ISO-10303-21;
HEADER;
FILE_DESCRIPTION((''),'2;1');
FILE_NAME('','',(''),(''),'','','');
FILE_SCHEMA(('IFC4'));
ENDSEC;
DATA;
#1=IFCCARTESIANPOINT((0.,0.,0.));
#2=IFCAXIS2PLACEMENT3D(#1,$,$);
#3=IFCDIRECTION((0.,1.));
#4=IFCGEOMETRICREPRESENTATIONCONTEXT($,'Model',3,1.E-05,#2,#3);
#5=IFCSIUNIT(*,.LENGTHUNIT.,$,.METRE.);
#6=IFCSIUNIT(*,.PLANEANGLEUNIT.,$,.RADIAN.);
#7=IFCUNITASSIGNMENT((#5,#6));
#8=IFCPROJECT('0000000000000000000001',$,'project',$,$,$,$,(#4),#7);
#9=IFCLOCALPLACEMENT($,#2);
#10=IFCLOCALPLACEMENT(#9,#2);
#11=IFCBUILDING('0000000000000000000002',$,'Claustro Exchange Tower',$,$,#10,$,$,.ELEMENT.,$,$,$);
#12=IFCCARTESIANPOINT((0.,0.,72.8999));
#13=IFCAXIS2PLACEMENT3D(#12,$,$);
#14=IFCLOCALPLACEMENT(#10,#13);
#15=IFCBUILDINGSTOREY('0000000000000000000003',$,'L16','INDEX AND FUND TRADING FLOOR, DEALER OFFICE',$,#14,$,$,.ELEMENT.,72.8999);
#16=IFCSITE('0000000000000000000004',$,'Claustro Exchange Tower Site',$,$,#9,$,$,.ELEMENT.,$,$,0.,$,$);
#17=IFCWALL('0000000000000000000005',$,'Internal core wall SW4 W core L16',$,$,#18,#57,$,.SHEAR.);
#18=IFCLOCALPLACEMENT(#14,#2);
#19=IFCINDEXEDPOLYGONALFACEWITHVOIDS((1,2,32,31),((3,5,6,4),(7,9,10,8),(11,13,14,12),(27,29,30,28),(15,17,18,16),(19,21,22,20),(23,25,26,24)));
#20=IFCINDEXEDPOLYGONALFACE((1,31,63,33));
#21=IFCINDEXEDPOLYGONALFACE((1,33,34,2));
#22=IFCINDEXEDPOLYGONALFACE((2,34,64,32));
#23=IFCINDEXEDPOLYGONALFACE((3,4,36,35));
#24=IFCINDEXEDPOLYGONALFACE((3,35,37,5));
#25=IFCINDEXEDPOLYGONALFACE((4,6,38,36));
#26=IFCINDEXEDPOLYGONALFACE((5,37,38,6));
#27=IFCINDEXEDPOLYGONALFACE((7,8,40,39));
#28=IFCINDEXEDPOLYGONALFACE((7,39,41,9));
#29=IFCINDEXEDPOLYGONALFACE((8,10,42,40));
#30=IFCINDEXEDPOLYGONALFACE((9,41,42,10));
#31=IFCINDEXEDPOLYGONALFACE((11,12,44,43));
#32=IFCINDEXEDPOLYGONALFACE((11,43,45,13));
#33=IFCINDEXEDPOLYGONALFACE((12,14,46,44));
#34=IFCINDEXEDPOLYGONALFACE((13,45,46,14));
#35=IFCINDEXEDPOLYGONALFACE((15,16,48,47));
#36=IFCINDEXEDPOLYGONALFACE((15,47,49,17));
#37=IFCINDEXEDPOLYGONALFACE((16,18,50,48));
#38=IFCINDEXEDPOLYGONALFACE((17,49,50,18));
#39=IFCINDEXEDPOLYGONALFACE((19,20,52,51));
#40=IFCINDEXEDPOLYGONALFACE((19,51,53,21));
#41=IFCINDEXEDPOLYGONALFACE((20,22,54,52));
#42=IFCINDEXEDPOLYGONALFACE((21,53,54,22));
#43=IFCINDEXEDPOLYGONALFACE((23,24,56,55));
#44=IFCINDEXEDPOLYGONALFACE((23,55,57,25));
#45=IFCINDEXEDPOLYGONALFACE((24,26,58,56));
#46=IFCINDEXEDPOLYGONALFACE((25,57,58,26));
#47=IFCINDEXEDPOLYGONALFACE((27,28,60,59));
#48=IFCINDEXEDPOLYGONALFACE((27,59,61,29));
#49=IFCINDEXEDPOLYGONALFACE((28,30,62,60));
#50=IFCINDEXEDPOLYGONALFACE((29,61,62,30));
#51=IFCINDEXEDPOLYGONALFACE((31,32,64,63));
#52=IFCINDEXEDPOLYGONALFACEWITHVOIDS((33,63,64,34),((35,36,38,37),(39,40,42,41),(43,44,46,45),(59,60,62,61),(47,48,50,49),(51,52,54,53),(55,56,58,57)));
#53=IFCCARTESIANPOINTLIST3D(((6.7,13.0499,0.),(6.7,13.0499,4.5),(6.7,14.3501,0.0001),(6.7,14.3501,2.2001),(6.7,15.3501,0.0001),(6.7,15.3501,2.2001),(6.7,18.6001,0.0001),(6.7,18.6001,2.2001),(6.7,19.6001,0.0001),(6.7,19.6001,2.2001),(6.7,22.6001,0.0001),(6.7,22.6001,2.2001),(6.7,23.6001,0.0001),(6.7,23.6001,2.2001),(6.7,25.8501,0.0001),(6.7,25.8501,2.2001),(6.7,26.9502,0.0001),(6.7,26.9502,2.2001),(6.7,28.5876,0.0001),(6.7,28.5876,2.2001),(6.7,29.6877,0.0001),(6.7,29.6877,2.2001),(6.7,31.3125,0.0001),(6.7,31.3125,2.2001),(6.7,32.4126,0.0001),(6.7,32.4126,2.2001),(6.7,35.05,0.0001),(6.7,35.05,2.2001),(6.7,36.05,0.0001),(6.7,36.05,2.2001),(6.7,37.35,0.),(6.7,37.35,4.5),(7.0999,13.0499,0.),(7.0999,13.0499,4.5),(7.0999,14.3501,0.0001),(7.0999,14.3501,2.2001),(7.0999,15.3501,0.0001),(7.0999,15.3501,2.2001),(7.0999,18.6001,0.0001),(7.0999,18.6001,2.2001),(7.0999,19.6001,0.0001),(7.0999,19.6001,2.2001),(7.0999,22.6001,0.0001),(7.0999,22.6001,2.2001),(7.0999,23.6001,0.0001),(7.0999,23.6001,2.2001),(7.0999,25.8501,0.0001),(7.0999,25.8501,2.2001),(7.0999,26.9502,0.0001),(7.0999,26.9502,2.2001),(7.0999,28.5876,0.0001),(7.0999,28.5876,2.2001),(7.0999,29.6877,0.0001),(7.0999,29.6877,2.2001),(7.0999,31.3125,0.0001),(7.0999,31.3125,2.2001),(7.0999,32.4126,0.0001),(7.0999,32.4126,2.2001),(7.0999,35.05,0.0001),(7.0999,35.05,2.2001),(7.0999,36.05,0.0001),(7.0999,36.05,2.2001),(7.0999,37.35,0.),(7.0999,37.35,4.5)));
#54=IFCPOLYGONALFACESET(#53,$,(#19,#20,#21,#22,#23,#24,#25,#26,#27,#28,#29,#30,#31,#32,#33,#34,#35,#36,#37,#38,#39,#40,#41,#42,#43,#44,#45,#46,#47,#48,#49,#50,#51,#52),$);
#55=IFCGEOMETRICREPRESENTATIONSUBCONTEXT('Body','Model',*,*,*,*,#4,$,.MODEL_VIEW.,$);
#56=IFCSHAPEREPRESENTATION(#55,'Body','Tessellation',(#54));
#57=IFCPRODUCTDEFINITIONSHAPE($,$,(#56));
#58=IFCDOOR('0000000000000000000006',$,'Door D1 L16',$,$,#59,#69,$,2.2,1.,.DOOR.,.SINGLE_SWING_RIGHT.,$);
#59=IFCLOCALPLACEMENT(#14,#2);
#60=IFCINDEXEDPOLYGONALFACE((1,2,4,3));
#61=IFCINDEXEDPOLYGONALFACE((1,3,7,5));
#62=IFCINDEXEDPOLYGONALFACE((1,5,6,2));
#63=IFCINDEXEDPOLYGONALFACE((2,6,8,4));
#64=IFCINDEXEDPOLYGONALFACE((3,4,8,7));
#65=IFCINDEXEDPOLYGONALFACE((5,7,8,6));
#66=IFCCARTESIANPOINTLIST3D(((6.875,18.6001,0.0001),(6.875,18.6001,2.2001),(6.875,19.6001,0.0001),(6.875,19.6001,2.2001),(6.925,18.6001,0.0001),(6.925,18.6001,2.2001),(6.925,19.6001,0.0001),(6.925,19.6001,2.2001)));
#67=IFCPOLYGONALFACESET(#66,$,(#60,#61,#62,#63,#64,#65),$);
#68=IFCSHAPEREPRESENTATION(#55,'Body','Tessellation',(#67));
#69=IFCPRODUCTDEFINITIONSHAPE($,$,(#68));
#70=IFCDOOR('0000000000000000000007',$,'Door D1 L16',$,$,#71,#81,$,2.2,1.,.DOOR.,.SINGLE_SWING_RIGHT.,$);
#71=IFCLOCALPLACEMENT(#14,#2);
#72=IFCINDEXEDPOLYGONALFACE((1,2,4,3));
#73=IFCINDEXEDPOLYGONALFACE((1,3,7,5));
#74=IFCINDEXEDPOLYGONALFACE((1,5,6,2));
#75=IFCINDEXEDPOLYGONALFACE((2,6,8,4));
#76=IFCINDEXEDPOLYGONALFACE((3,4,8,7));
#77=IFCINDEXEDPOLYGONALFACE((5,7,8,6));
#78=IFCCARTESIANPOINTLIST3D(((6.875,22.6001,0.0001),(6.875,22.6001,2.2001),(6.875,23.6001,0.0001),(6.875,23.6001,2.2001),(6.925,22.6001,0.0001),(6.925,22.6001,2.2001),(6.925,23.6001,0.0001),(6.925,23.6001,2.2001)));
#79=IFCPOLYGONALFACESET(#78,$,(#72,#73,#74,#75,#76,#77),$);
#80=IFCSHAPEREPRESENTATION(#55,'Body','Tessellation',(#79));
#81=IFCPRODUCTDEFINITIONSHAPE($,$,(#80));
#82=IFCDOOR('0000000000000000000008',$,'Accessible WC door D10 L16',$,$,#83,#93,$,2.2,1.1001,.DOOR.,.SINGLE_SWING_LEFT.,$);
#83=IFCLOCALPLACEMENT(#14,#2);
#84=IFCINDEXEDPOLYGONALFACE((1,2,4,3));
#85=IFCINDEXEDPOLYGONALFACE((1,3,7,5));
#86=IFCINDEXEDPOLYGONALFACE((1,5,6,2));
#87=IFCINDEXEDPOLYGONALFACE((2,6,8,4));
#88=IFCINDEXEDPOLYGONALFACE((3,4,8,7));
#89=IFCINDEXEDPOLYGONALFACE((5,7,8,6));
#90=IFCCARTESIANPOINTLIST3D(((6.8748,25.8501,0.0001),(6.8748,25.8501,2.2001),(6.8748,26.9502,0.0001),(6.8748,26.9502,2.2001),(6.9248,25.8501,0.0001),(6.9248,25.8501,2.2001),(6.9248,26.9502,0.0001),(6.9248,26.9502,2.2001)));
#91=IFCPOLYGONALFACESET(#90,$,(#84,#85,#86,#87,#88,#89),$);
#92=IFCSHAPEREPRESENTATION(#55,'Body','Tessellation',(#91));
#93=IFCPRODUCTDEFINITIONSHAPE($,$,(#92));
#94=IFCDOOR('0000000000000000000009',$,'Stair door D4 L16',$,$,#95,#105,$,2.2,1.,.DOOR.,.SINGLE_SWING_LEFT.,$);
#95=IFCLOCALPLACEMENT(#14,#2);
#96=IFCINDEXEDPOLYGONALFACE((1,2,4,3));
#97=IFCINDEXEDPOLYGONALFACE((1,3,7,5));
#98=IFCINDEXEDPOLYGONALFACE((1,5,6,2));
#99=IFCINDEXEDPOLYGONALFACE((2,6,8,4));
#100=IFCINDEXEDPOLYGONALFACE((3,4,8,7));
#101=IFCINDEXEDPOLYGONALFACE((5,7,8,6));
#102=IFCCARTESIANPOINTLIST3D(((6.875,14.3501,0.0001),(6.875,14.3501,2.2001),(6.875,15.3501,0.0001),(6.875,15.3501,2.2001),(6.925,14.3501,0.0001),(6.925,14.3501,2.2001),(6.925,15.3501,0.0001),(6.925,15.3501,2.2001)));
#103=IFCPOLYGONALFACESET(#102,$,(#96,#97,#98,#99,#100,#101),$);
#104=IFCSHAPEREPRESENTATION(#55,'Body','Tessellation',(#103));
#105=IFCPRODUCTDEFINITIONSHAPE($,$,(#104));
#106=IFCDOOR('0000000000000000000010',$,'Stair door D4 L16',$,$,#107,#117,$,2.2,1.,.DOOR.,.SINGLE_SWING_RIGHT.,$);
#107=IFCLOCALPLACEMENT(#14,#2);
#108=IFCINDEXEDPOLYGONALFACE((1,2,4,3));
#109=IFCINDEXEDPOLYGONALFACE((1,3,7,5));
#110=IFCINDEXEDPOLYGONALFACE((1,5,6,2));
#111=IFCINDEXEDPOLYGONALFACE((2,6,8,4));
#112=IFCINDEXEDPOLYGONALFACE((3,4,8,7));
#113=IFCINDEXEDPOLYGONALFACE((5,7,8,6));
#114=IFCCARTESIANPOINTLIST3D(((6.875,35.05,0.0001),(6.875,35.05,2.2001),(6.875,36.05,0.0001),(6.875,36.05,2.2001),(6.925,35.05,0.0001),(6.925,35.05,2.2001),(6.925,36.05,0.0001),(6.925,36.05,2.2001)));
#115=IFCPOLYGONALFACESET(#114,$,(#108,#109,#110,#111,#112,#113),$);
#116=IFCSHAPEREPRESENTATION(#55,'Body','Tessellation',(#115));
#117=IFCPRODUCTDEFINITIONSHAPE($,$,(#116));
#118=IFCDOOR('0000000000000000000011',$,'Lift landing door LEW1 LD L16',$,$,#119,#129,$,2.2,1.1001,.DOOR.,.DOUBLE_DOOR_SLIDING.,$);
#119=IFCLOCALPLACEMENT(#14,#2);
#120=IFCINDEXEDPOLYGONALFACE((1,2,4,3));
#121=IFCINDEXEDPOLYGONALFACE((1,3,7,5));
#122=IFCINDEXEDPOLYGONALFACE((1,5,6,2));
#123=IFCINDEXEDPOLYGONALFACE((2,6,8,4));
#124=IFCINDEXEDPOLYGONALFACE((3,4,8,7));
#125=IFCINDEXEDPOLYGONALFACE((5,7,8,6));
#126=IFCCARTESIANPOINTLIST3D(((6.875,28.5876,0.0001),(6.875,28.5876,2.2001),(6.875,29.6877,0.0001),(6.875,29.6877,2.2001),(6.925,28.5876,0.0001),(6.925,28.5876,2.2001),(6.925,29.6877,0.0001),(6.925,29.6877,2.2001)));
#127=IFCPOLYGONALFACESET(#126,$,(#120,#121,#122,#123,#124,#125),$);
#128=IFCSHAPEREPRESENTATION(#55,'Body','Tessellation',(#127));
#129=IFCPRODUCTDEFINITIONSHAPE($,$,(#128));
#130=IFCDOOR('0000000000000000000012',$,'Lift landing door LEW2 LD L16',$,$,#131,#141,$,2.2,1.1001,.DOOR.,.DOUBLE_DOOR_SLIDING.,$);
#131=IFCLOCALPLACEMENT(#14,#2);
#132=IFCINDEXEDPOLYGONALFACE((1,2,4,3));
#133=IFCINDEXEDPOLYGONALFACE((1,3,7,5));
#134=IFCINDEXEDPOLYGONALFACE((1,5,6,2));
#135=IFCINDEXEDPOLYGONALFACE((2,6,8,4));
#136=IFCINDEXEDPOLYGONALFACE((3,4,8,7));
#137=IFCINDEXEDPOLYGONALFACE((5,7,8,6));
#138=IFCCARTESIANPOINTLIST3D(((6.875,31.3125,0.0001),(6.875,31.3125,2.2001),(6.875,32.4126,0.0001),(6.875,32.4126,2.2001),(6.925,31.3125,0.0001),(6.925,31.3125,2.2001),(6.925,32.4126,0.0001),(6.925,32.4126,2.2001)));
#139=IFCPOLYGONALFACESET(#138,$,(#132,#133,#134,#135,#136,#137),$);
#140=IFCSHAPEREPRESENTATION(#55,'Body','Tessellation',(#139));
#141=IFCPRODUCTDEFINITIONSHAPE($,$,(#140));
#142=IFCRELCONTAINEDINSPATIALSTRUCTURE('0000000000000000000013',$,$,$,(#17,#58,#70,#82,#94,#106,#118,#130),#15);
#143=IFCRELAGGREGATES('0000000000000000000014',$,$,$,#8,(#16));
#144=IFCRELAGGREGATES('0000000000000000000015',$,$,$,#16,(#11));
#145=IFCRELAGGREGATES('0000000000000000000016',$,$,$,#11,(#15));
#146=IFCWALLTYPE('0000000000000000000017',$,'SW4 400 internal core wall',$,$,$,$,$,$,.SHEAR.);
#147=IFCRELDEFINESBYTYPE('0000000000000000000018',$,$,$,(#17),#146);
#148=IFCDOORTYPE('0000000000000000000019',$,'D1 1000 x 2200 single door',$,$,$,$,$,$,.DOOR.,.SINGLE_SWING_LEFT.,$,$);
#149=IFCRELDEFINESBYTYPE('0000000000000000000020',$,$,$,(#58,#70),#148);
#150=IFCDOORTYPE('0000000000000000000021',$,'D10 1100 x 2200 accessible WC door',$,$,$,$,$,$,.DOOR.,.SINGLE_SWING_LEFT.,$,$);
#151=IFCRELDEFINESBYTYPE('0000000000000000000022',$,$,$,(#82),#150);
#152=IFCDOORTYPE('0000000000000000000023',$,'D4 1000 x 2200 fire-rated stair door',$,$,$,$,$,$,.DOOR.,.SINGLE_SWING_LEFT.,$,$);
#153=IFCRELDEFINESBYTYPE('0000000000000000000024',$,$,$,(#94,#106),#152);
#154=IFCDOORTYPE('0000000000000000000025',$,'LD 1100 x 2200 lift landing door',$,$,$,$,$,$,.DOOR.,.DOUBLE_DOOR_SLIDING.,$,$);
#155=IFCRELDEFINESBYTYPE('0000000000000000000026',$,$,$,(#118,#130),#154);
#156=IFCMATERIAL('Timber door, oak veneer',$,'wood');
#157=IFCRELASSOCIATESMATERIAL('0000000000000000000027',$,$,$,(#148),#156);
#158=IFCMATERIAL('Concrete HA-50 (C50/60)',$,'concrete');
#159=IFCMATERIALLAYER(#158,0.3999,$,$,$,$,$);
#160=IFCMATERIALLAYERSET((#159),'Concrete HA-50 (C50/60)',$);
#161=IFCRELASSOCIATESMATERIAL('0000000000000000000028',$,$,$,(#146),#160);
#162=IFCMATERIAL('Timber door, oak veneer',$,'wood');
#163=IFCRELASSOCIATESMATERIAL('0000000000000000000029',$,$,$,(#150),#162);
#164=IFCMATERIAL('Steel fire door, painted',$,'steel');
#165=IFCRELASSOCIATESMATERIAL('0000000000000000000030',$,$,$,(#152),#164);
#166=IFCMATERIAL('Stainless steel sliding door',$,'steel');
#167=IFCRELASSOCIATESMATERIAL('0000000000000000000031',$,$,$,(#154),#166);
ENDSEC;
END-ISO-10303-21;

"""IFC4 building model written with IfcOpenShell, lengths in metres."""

from ifc_helpers import new_model, si_unit, direction, frame, frame_2d, origin, place, context, subcontext, project, spatial, rectangle, extrude, material, layer, layer_set, type_object, element, fill, save


model = new_model("IFC4")

# Units and contexts
model_context = context("Model", 3, precision=1e-05, world=origin(), true_north=direction((0.0, 1.0)))
body_context = subcontext(model_context, "Body", "Model", "MODEL_VIEW")
ifc_project = project(units=[si_unit("LENGTHUNIT", "METRE"), si_unit("PLANEANGLEUNIT", "RADIAN")], contexts=[model_context])

# Site, building, storey
site_placement = place(None, origin())
site = spatial("IfcSite", under=ifc_project, at=site_placement, Name="Claustro Exchange Tower Site", CompositionType="ELEMENT", RefElevation=0.0)
building_placement = place(site_placement, origin())
building = spatial("IfcBuilding", under=site, at=building_placement, Name="Claustro Exchange Tower", CompositionType="ELEMENT")
storey_placement = place(building_placement, frame((0.0, 0.0, 72.8999)))
storey = spatial("IfcBuildingStorey", under=building, at=storey_placement, Name="L16", Description="INDEX AND FUND TRADING FLOOR, DEALER OFFICE", CompositionType="ELEMENT", Elevation=72.8999)

# Shared definitions
ifc_material_1 = material(Name="Timber door, oak veneer", Category="wood")
door_type_1 = type_object("IfcDoorType", Name="D1 1000 x 2200 single door", OperationType="SINGLE_SWING_LEFT", PredefinedType="DOOR", material=ifc_material_1)

# Wall, openings, doors
ifc_material_2 = material(Name="Concrete HA-50 (C50/60)", Category="concrete")
ifc_layer_1 = layer(ifc_material_2, 0.3999)
ifc_layer_set_1 = layer_set([ifc_layer_1], Name="Concrete HA-50 (C50/60)")
wall_type_1 = type_object("IfcWallType", Name="SW4 400 internal core wall", PredefinedType="SHEAR", material=ifc_layer_set_1)
wall_1_placement = place(storey_placement, frame((6.8999, 13.05, 0.0), z_axis=(0.0, 0.0, 1.0), x_axis=(0.0, 1.0, 0.0)))
wall_1 = element("IfcWall", 1, at=wall_1_placement, inside=storey, type_object=wall_type_1, Name="Internal core wall SW4 W core L16", PredefinedType="SHEAR", context=body_context, shape_type="SweptSolid", body=[
    extrude(rectangle(XDim=24.3, YDim=0.3999, at=frame_2d((12.1499, 0.0))), origin(), (0.0, 0.0, 1.0), 4.5),
])
opening_1_placement = place(wall_1_placement, frame((1.3, 0.0, 0.0)))
opening_1 = element("IfcOpeningElement", 2, at=opening_1_placement, cuts=wall_1, PredefinedType="OPENING", context=body_context, shape_type="SweptSolid", body=[
    extrude(rectangle(XDim=1.0, YDim=2.2, at=frame_2d((0.5, 1.1001))), frame((0.0, 0.21, 0.0), z_axis=(0.0, -1.0, 0.0), x_axis=(1.0, 0.0, 0.0)), (0.0, 0.0, 1.0), 0.4199),
])
opening_2_placement = place(wall_1_placement, frame((22.0, 0.0, 0.0)))
opening_2 = element("IfcOpeningElement", 3, at=opening_2_placement, cuts=wall_1, PredefinedType="OPENING", context=body_context, shape_type="SweptSolid", body=[
    extrude(rectangle(XDim=1.0, YDim=2.2, at=frame_2d((0.5, 1.1001))), frame((0.0, 0.21, 0.0), z_axis=(0.0, -1.0, 0.0), x_axis=(1.0, 0.0, 0.0)), (0.0, 0.0, 1.0), 0.4199),
])
opening_3_placement = place(wall_1_placement, frame((5.55, 0.0, 0.0)))
opening_3 = element("IfcOpeningElement", 4, at=opening_3_placement, cuts=wall_1, PredefinedType="OPENING", context=body_context, shape_type="SweptSolid", body=[
    extrude(rectangle(XDim=1.0, YDim=2.2, at=frame_2d((0.5, 1.1001))), frame((0.0, 0.21, 0.0), z_axis=(0.0, -1.0, 0.0), x_axis=(1.0, 0.0, 0.0)), (0.0, 0.0, 1.0), 0.4199),
])
opening_4_placement = place(wall_1_placement, frame((9.55, 0.0, 0.0)))
opening_4 = element("IfcOpeningElement", 5, at=opening_4_placement, cuts=wall_1, PredefinedType="OPENING", context=body_context, shape_type="SweptSolid", body=[
    extrude(rectangle(XDim=1.0, YDim=2.2, at=frame_2d((0.5, 1.1001))), frame((0.0, 0.21, 0.0), z_axis=(0.0, -1.0, 0.0), x_axis=(1.0, 0.0, 0.0)), (0.0, 0.0, 1.0), 0.4199),
])
opening_5_placement = place(wall_1_placement, frame((12.8, 0.0, 0.0)))
opening_5 = element("IfcOpeningElement", 6, at=opening_5_placement, cuts=wall_1, PredefinedType="OPENING", context=body_context, shape_type="SweptSolid", body=[
    extrude(rectangle(XDim=1.1001, YDim=2.2, at=frame_2d((0.55, 1.1001))), frame((0.0, 0.21, 0.0), z_axis=(0.0, -1.0, 0.0), x_axis=(1.0, 0.0, 0.0)), (0.0, 0.0, 1.0), 0.4199),
])
opening_6_placement = place(wall_1_placement, frame((15.5376, 0.0, 0.0)))
opening_6 = element("IfcOpeningElement", 7, at=opening_6_placement, cuts=wall_1, PredefinedType="OPENING", context=body_context, shape_type="SweptSolid", body=[
    extrude(rectangle(XDim=1.1001, YDim=2.2, at=frame_2d((0.55, 1.1001))), frame((0.0, 0.21, 0.0), z_axis=(0.0, -1.0, 0.0), x_axis=(1.0, 0.0, 0.0)), (0.0, 0.0, 1.0), 0.4199),
])
opening_7_placement = place(wall_1_placement, frame((18.2625, 0.0, 0.0)))
opening_7 = element("IfcOpeningElement", 8, at=opening_7_placement, cuts=wall_1, PredefinedType="OPENING", context=body_context, shape_type="SweptSolid", body=[
    extrude(rectangle(XDim=1.1001, YDim=2.2, at=frame_2d((0.55, 1.1001))), frame((0.0, 0.21, 0.0), z_axis=(0.0, -1.0, 0.0), x_axis=(1.0, 0.0, 0.0)), (0.0, 0.0, 1.0), 0.4199),
])
door_1_placement = place(opening_3_placement, origin())
door_1 = element("IfcDoor", 9, at=door_1_placement, inside=storey, type_object=door_type_1, Name="Door D1 L16", OperationType="SINGLE_SWING_RIGHT", OverallHeight=2.2, OverallWidth=1.0, PredefinedType="DOOR", context=body_context, shape_type="SweptSolid", body=[
    extrude(rectangle(XDim=1.0, YDim=2.2, at=frame_2d((0.5, 1.1001))), frame((0.0, 0.0249, 0.0), z_axis=(0.0, -1.0, 0.0), x_axis=(1.0, 0.0, 0.0)), (0.0, 0.0, 1.0), 0.05),
])
fill(opening_3, door_1)
door_2_placement = place(opening_4_placement, origin())
door_2 = element("IfcDoor", 10, at=door_2_placement, inside=storey, type_object=door_type_1, Name="Door D1 L16", OperationType="SINGLE_SWING_RIGHT", OverallHeight=2.2, OverallWidth=1.0, PredefinedType="DOOR", context=body_context, shape_type="SweptSolid", body=[
    extrude(rectangle(XDim=1.0, YDim=2.2, at=frame_2d((0.5, 1.1001))), frame((0.0, 0.0249, 0.0), z_axis=(0.0, -1.0, 0.0), x_axis=(1.0, 0.0, 0.0)), (0.0, 0.0, 1.0), 0.05),
])
fill(opening_4, door_2)
ifc_material_3 = material(Name="Timber door, oak veneer", Category="wood")
door_type_2 = type_object("IfcDoorType", Name="D10 1100 x 2200 accessible WC door", OperationType="SINGLE_SWING_LEFT", PredefinedType="DOOR", material=ifc_material_3)
door_3_placement = place(opening_5_placement, frame((1.1001, 0.0, 0.0), z_axis=(0.0, 0.0, 1.0), x_axis=(-1.0, 0.0, 0.0)))
door_3 = element("IfcDoor", 11, at=door_3_placement, inside=storey, type_object=door_type_2, Name="Accessible WC door D10 L16", OperationType="SINGLE_SWING_LEFT", OverallHeight=2.2, OverallWidth=1.1001, PredefinedType="DOOR", context=body_context, shape_type="SweptSolid", body=[
    extrude(rectangle(XDim=1.1001, YDim=2.2, at=frame_2d((0.55, 1.1001))), frame((0.0, 0.0249, 0.0), z_axis=(0.0, -1.0, 0.0), x_axis=(1.0, 0.0, 0.0)), (0.0, 0.0, 1.0), 0.05),
])
fill(opening_5, door_3)
ifc_material_4 = material(Name="Steel fire door, painted", Category="steel")
door_type_3 = type_object("IfcDoorType", Name="D4 1000 x 2200 fire-rated stair door", OperationType="SINGLE_SWING_LEFT", PredefinedType="DOOR", material=ifc_material_4)
door_4_placement = place(opening_1_placement, origin())
door_4 = element("IfcDoor", 12, at=door_4_placement, inside=storey, type_object=door_type_3, Name="Stair door D4 L16", OperationType="SINGLE_SWING_LEFT", OverallHeight=2.2, OverallWidth=1.0, PredefinedType="DOOR", context=body_context, shape_type="SweptSolid", body=[
    extrude(rectangle(XDim=1.0, YDim=2.2, at=frame_2d((0.5, 1.1001))), frame((0.0, 0.0249, 0.0), z_axis=(0.0, -1.0, 0.0), x_axis=(1.0, 0.0, 0.0)), (0.0, 0.0, 1.0), 0.05),
])
fill(opening_1, door_4)
door_5_placement = place(opening_2_placement, origin())
door_5 = element("IfcDoor", 13, at=door_5_placement, inside=storey, type_object=door_type_3, Name="Stair door D4 L16", OperationType="SINGLE_SWING_RIGHT", OverallHeight=2.2, OverallWidth=1.0, PredefinedType="DOOR", context=body_context, shape_type="SweptSolid", body=[
    extrude(rectangle(XDim=1.0, YDim=2.2, at=frame_2d((0.5, 1.1001))), frame((0.0, 0.0249, 0.0), z_axis=(0.0, -1.0, 0.0), x_axis=(1.0, 0.0, 0.0)), (0.0, 0.0, 1.0), 0.05),
])
fill(opening_2, door_5)
ifc_material_5 = material(Name="Stainless steel sliding door", Category="steel")
door_type_4 = type_object("IfcDoorType", Name="LD 1100 x 2200 lift landing door", OperationType="DOUBLE_DOOR_SLIDING", PredefinedType="DOOR", material=ifc_material_5)
door_6_placement = place(opening_6_placement, origin())
door_6 = element("IfcDoor", 14, at=door_6_placement, inside=storey, type_object=door_type_4, Name="Lift landing door LEW1 LD L16", OperationType="DOUBLE_DOOR_SLIDING", OverallHeight=2.2, OverallWidth=1.1001, PredefinedType="DOOR", context=body_context, shape_type="SweptSolid", body=[
    extrude(rectangle(XDim=1.1001, YDim=2.2, at=frame_2d((0.55, 1.1001))), frame((0.0, 0.0249, 0.0), z_axis=(0.0, -1.0, 0.0), x_axis=(1.0, 0.0, 0.0)), (0.0, 0.0, 1.0), 0.05),
])
fill(opening_6, door_6)
door_7_placement = place(opening_7_placement, origin())
door_7 = element("IfcDoor", 15, at=door_7_placement, inside=storey, type_object=door_type_4, Name="Lift landing door LEW2 LD L16", OperationType="DOUBLE_DOOR_SLIDING", OverallHeight=2.2, OverallWidth=1.1001, PredefinedType="DOOR", context=body_context, shape_type="SweptSolid", body=[
    extrude(rectangle(XDim=1.1001, YDim=2.2, at=frame_2d((0.55, 1.1001))), frame((0.0, 0.0249, 0.0), z_axis=(0.0, -1.0, 0.0), x_axis=(1.0, 0.0, 0.0)), (0.0, 0.0, 1.0), 0.05),
])
fill(opening_7, door_7)

save(model, "model.ifc")
